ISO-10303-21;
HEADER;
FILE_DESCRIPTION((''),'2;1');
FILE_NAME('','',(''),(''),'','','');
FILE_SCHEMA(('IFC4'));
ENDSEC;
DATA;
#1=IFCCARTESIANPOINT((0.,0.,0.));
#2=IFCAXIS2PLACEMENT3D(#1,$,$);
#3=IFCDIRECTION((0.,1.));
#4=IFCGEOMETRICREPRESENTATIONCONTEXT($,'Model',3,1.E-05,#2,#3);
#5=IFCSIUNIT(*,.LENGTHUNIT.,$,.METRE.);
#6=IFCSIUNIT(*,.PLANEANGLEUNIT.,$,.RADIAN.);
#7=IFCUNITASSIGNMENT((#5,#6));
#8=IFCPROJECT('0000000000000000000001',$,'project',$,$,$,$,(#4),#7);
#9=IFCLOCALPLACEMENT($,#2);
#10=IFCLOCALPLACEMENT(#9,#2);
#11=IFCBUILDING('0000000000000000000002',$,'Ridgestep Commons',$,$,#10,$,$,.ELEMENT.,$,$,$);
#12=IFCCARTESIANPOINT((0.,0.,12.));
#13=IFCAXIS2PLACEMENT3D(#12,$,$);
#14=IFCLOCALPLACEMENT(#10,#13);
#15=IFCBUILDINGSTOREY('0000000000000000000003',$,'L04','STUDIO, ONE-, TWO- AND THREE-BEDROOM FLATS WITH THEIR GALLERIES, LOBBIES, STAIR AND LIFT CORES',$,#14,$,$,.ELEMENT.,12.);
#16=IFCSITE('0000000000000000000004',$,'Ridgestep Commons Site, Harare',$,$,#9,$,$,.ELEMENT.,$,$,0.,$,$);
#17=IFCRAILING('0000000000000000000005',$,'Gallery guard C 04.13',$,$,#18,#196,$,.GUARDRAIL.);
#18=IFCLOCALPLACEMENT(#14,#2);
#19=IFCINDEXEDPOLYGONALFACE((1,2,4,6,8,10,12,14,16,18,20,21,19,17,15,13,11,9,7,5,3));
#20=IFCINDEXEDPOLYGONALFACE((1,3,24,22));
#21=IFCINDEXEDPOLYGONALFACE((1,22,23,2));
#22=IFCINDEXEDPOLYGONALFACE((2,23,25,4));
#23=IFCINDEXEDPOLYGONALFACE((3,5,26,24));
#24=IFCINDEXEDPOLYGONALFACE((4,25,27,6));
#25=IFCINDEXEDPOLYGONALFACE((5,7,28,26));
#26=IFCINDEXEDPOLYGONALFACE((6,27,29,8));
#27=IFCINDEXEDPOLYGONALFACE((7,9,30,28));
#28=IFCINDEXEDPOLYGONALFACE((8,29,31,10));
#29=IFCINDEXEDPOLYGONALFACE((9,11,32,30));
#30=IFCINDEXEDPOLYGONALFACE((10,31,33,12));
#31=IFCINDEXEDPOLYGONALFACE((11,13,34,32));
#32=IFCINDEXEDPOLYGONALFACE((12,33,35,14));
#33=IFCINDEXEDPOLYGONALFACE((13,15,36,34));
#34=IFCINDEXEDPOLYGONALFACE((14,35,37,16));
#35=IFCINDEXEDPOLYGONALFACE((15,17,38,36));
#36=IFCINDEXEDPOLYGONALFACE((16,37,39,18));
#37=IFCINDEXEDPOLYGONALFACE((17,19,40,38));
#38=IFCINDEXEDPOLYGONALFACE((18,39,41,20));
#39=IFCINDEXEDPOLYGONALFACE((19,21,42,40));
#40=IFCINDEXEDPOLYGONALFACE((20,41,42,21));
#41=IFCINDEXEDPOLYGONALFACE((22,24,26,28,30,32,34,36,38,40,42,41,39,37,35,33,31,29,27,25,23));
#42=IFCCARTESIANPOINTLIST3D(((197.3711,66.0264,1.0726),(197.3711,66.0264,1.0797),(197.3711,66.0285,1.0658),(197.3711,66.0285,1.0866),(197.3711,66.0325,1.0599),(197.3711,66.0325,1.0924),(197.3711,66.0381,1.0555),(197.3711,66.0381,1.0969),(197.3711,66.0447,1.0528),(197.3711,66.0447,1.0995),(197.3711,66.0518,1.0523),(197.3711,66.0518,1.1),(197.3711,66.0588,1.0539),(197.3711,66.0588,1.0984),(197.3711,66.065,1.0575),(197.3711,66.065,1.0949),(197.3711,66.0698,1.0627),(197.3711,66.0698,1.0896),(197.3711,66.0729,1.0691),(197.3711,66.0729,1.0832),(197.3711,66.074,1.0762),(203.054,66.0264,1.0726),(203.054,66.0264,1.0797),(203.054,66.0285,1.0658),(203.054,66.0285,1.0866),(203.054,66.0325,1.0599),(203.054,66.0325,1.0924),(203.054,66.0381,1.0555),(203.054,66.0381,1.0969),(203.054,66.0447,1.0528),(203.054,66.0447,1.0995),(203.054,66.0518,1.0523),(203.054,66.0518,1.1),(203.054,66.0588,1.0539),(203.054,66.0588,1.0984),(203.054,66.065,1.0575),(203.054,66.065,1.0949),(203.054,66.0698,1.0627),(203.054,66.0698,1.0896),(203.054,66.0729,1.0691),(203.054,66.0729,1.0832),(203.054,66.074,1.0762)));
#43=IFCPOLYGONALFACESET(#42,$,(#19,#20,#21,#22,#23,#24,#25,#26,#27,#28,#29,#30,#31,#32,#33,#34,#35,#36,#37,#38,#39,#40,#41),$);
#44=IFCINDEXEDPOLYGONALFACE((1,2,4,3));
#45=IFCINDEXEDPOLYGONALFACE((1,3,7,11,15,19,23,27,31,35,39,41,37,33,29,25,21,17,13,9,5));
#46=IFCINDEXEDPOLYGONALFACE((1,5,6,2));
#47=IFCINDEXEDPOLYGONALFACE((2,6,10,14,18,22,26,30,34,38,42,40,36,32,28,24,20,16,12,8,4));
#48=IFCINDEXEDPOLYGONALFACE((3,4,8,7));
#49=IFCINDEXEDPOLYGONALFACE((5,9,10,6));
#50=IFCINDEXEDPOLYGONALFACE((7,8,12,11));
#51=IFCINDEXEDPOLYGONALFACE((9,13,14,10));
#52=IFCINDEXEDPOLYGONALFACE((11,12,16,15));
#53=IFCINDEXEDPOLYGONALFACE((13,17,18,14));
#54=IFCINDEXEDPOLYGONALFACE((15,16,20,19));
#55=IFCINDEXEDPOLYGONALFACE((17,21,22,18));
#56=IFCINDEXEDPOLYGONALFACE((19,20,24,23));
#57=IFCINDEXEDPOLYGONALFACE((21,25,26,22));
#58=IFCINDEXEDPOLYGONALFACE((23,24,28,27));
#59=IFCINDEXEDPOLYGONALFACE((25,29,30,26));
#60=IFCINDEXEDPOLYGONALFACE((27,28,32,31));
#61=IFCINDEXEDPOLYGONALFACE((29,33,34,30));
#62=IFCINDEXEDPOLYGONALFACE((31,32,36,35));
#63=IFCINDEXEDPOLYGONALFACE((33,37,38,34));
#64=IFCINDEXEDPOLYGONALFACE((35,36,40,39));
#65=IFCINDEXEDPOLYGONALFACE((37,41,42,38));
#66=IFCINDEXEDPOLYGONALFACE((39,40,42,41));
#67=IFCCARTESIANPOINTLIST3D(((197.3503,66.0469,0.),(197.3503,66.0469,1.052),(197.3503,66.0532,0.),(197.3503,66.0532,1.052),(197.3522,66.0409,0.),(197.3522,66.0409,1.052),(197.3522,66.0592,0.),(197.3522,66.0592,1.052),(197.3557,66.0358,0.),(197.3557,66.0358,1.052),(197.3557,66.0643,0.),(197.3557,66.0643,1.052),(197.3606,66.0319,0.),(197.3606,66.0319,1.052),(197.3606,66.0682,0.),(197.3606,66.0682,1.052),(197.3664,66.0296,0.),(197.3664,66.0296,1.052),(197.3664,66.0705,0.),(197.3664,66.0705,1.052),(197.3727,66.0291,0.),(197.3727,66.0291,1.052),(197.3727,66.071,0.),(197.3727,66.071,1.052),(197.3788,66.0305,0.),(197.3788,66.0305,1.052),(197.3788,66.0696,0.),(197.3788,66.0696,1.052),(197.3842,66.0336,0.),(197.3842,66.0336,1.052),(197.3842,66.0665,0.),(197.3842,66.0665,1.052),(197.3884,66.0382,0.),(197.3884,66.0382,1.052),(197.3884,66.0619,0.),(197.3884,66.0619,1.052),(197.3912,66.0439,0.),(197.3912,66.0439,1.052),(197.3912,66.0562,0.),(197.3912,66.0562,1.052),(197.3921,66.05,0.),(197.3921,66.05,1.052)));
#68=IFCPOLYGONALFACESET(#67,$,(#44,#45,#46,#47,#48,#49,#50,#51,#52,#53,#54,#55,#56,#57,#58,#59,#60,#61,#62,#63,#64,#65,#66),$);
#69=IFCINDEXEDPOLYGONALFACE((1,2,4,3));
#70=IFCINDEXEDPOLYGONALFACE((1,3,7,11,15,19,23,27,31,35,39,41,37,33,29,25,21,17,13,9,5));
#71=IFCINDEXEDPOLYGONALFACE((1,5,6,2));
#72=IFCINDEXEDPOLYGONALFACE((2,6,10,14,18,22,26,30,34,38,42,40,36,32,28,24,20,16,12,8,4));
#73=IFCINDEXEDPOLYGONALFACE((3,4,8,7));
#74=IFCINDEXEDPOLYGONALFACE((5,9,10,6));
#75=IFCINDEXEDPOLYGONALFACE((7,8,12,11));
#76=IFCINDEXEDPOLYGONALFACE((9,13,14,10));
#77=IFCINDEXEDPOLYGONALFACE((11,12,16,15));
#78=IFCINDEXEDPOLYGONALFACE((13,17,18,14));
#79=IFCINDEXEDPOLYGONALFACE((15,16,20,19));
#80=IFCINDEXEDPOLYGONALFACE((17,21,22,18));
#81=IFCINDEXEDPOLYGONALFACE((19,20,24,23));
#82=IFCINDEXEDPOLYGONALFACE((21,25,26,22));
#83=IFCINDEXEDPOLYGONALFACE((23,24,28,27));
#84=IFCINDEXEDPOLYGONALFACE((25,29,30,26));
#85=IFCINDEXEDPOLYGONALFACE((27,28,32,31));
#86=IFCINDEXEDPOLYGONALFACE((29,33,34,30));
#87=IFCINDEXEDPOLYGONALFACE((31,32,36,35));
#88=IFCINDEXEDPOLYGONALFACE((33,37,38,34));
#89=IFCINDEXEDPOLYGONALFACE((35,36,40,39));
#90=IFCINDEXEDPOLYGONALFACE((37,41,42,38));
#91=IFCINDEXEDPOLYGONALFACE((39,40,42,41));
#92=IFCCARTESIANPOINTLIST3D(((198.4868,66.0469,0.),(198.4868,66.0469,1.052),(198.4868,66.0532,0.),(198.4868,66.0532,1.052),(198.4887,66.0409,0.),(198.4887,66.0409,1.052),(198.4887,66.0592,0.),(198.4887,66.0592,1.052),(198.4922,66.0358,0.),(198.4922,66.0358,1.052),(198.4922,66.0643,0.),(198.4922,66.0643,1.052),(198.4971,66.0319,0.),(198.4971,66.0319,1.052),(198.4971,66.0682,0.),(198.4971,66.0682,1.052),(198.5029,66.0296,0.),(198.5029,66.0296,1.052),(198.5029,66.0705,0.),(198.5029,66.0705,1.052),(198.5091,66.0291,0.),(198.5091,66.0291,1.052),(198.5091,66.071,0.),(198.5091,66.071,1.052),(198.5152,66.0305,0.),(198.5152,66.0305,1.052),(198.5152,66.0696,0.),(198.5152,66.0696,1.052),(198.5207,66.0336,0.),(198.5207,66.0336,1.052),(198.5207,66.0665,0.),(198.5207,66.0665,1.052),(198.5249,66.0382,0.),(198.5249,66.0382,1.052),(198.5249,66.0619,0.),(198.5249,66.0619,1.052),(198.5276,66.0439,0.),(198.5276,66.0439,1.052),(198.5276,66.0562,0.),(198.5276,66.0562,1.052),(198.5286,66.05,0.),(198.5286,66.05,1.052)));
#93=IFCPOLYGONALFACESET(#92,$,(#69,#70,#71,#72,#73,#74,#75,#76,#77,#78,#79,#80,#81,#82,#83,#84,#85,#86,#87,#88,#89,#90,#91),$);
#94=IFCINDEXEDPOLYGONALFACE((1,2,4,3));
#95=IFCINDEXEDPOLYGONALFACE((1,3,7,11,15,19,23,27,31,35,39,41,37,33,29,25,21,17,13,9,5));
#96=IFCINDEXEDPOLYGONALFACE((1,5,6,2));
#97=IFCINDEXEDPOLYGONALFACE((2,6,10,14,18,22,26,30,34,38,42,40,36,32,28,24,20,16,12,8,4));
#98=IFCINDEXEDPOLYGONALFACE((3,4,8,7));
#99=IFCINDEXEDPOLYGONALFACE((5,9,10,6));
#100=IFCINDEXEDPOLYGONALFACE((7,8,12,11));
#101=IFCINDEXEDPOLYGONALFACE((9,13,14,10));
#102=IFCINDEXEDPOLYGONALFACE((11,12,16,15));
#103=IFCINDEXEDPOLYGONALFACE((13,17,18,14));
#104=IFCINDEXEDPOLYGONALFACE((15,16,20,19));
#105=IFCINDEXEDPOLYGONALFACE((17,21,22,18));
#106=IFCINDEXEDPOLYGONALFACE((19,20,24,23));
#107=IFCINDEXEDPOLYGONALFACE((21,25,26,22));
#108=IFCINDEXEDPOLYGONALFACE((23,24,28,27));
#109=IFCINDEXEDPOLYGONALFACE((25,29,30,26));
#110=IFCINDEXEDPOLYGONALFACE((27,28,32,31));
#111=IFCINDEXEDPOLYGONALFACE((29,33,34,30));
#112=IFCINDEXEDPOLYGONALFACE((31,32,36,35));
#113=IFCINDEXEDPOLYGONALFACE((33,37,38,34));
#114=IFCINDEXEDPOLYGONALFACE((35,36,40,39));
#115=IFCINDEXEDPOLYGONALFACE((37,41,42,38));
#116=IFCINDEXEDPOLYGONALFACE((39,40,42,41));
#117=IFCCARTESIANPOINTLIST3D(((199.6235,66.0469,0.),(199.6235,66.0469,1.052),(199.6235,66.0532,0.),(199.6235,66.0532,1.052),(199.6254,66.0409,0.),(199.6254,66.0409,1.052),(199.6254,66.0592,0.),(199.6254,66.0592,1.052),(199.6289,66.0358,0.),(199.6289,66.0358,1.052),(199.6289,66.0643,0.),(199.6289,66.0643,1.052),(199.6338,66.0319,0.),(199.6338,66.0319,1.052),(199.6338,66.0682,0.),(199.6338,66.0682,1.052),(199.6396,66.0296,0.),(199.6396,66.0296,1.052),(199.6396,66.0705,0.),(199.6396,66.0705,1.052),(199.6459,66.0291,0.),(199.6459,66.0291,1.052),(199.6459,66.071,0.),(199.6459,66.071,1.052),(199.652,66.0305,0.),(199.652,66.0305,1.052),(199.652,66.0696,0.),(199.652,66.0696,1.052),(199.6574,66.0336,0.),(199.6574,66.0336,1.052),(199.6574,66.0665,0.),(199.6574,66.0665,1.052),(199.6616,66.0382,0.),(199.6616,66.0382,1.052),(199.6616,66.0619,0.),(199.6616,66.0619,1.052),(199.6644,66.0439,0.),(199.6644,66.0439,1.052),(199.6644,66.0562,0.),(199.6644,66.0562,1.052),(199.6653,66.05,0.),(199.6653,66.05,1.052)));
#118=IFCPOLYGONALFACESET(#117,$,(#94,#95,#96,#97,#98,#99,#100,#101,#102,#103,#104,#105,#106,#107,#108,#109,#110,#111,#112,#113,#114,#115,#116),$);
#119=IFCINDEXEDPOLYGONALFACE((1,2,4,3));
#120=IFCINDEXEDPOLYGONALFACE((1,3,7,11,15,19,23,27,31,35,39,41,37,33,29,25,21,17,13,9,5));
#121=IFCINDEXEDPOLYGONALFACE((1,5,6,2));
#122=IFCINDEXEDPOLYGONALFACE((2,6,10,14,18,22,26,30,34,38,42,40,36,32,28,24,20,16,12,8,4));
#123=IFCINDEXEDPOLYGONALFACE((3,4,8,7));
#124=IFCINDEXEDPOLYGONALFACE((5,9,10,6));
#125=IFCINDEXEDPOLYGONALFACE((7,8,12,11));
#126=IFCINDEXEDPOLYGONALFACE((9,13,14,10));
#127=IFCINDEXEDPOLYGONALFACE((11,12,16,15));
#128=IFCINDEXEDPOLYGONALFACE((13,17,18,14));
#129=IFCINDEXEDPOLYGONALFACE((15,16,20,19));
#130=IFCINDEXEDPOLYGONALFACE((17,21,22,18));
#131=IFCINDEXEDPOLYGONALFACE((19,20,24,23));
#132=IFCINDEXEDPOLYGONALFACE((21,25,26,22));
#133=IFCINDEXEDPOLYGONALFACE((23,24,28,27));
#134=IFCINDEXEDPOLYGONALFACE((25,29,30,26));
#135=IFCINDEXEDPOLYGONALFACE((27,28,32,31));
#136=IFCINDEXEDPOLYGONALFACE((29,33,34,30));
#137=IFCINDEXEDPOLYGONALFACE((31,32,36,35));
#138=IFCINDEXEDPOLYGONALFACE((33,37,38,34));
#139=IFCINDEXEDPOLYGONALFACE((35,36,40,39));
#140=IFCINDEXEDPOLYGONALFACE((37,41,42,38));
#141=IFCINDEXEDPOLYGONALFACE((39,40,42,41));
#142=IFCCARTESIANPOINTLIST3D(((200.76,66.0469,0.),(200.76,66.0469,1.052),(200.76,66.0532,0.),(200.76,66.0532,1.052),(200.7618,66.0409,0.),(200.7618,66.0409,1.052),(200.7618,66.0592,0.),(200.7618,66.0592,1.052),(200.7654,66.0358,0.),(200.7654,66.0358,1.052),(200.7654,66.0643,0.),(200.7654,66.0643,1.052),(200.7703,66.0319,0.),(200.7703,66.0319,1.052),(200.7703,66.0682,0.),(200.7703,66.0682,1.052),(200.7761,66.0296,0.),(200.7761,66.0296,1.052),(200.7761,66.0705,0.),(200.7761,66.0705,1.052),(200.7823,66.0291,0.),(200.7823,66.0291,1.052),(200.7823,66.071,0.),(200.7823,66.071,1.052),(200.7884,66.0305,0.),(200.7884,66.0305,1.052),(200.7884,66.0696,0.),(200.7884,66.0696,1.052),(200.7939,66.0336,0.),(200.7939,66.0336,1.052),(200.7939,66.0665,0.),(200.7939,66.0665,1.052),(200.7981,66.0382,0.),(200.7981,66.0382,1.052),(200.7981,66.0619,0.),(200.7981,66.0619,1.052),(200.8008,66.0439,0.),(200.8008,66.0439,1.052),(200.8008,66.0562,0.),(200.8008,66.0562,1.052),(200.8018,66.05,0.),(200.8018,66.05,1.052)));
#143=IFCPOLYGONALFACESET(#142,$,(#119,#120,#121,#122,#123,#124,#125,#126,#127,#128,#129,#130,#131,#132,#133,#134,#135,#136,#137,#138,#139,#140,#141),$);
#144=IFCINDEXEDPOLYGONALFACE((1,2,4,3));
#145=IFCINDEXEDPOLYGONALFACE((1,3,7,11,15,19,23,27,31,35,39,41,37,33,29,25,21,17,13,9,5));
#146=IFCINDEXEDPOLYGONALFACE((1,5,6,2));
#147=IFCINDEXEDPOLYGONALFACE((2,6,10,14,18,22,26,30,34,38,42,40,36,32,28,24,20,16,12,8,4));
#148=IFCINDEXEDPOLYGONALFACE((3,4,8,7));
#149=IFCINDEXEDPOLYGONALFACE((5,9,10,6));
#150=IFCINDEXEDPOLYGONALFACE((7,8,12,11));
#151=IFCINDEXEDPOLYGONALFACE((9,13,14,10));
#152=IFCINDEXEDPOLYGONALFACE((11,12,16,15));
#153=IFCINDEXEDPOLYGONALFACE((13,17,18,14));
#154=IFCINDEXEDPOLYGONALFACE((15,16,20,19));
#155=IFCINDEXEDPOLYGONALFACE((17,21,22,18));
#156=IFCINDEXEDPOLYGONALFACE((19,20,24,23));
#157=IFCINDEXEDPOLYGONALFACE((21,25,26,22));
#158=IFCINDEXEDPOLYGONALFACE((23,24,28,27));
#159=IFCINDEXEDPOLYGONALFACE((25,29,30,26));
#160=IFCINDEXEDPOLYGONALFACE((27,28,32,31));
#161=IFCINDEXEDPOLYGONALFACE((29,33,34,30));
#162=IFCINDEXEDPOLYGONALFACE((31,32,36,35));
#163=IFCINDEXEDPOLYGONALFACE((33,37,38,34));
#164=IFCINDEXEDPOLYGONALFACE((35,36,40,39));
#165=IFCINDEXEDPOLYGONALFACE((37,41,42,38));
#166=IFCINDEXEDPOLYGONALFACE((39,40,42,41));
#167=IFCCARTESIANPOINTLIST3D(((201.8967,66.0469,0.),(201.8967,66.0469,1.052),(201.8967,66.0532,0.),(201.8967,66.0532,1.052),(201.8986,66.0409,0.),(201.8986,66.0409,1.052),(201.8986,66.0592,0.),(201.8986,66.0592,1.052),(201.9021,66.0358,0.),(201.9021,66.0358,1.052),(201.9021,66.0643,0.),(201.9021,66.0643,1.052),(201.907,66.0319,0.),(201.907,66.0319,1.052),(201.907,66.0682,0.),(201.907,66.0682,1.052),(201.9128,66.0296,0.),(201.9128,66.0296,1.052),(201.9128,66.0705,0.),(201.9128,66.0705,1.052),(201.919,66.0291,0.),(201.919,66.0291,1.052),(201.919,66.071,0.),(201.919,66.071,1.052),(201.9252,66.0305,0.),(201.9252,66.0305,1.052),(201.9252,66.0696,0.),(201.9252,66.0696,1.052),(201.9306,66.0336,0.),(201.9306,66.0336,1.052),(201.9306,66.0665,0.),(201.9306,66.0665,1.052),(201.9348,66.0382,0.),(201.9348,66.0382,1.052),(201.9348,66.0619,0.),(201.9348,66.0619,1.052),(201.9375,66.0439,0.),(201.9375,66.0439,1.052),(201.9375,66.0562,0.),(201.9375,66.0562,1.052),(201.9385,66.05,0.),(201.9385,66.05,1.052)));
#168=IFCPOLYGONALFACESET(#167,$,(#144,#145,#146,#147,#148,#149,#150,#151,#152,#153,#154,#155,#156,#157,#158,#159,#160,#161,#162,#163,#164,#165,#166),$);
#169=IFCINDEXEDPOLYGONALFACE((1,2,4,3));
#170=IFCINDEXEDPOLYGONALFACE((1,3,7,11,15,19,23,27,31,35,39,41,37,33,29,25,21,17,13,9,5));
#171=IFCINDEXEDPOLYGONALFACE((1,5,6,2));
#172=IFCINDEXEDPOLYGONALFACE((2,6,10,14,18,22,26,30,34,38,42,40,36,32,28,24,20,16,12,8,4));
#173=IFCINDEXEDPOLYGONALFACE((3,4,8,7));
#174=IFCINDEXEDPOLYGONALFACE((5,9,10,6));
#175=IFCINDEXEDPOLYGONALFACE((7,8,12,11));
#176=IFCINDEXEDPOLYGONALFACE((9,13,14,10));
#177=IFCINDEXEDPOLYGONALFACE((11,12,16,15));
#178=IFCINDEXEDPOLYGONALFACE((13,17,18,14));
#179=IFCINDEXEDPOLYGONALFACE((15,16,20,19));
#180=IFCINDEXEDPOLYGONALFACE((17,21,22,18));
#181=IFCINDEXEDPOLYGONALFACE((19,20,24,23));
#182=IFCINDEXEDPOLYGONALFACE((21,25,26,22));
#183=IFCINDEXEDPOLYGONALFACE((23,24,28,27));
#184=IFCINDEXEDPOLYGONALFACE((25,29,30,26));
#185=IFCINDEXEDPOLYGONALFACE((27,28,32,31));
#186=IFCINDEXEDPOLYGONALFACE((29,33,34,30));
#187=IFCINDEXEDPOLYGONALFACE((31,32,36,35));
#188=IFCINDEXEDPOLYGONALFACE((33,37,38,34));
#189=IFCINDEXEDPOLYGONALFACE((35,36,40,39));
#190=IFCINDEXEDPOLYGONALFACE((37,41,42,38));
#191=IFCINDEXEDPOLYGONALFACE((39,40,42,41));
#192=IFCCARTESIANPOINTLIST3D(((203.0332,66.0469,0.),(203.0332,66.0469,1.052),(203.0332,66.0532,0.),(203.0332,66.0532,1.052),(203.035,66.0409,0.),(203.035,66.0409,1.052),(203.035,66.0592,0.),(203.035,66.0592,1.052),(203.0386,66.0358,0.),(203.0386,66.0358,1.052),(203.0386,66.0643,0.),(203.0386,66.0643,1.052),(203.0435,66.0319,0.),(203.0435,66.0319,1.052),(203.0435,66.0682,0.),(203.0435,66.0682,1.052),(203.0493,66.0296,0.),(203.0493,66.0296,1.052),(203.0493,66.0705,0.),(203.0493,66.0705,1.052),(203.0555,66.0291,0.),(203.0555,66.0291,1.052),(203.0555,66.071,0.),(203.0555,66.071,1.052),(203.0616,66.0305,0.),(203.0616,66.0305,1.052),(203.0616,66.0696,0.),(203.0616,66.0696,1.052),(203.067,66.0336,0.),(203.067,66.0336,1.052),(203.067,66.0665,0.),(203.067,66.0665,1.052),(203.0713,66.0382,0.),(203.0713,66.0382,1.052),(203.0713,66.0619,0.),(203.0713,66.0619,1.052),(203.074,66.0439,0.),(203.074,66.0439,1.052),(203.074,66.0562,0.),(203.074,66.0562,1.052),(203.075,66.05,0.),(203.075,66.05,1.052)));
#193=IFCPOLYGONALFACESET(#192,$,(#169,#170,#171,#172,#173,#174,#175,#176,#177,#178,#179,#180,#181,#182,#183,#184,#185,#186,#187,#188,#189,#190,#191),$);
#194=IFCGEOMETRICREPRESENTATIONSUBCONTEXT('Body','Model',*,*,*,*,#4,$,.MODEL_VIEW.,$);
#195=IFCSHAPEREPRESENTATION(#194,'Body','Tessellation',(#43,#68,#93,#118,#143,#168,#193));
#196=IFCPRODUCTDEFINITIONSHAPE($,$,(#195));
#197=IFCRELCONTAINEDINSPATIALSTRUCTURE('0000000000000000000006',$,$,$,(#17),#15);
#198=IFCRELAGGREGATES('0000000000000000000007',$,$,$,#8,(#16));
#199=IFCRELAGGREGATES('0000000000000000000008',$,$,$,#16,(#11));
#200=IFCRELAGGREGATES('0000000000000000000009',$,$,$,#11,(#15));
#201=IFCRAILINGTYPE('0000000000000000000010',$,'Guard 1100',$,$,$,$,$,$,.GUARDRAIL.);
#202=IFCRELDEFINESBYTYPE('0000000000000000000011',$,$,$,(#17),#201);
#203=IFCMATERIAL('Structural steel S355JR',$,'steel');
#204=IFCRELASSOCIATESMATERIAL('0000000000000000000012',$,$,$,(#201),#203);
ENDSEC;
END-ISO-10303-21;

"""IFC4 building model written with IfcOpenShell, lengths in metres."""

from ifc_helpers import new_model, si_unit, direction, frame, origin, origin_2d, place, context, subcontext, project, spatial, circle, extrude, material, type_object, element, save


model = new_model("IFC4")

# Units and contexts
model_context = context("Model", 3, precision=1e-05, world=origin(), true_north=direction((0.0, 1.0)))
body_context = subcontext(model_context, "Body", "Model", "MODEL_VIEW")
ifc_project = project(units=[si_unit("LENGTHUNIT", "METRE"), si_unit("PLANEANGLEUNIT", "RADIAN")], contexts=[model_context])

# Site, building, storey
site_placement = place(None, origin())
site = spatial("IfcSite", under=ifc_project, at=site_placement, Name="Ridgestep Commons Site, Harare", CompositionType="ELEMENT", RefElevation=0.0)
building_placement = place(site_placement, origin())
building = spatial("IfcBuilding", under=site, at=building_placement, Name="Ridgestep Commons", CompositionType="ELEMENT")
storey_placement = place(building_placement, frame((0.0, 0.0, 12.0)))
storey = spatial("IfcBuildingStorey", under=building, at=storey_placement, Name="L04", Description="STUDIO, ONE-, TWO- AND THREE-BEDROOM FLATS WITH THEIR GALLERIES, LOBBIES, STAIR AND LIFT CORES", CompositionType="ELEMENT", Elevation=12.0)

# Railing
ifc_material_1 = material(Name="Structural steel S355JR", Category="steel")
railing_type_1 = type_object("IfcRailingType", Name="Guard 1100", PredefinedType="GUARDRAIL", material=ifc_material_1)
railing_1_placement = place(storey_placement, frame((197.3711, 66.05, 0.0)))
element("IfcRailing", 1, at=railing_1_placement, inside=storey, type_object=railing_type_1, Name="Gallery guard C 04.13", PredefinedType="GUARDRAIL", context=body_context, shape_type="SweptSolid", body=[
    extrude(circle(Radius=0.0239, at=origin_2d()), frame((0.0, 0.0, 1.0762), z_axis=(1.0, 0.0, 0.0), x_axis=(0.0, 1.0, 0.0)), (0.0, 0.0, 1.0), 5.6829),
    extrude(circle(Radius=0.021, at=origin_2d()), origin(), (0.0, 0.0, 1.0), 1.052),
    extrude(circle(Radius=0.021, at=origin_2d()), frame((1.1365, 0.0, 0.0)), (0.0, 0.0, 1.0), 1.052),
    extrude(circle(Radius=0.021, at=origin_2d()), frame((2.2732, 0.0, 0.0)), (0.0, 0.0, 1.0), 1.052),
    extrude(circle(Radius=0.021, at=origin_2d()), frame((3.4097, 0.0, 0.0)), (0.0, 0.0, 1.0), 1.052),
    extrude(circle(Radius=0.021, at=origin_2d()), frame((4.5464, 0.0, 0.0)), (0.0, 0.0, 1.0), 1.052),
    extrude(circle(Radius=0.021, at=origin_2d()), frame((5.6829, 0.0, 0.0)), (0.0, 0.0, 1.0), 1.052),
])

save(model, "model.ifc")
